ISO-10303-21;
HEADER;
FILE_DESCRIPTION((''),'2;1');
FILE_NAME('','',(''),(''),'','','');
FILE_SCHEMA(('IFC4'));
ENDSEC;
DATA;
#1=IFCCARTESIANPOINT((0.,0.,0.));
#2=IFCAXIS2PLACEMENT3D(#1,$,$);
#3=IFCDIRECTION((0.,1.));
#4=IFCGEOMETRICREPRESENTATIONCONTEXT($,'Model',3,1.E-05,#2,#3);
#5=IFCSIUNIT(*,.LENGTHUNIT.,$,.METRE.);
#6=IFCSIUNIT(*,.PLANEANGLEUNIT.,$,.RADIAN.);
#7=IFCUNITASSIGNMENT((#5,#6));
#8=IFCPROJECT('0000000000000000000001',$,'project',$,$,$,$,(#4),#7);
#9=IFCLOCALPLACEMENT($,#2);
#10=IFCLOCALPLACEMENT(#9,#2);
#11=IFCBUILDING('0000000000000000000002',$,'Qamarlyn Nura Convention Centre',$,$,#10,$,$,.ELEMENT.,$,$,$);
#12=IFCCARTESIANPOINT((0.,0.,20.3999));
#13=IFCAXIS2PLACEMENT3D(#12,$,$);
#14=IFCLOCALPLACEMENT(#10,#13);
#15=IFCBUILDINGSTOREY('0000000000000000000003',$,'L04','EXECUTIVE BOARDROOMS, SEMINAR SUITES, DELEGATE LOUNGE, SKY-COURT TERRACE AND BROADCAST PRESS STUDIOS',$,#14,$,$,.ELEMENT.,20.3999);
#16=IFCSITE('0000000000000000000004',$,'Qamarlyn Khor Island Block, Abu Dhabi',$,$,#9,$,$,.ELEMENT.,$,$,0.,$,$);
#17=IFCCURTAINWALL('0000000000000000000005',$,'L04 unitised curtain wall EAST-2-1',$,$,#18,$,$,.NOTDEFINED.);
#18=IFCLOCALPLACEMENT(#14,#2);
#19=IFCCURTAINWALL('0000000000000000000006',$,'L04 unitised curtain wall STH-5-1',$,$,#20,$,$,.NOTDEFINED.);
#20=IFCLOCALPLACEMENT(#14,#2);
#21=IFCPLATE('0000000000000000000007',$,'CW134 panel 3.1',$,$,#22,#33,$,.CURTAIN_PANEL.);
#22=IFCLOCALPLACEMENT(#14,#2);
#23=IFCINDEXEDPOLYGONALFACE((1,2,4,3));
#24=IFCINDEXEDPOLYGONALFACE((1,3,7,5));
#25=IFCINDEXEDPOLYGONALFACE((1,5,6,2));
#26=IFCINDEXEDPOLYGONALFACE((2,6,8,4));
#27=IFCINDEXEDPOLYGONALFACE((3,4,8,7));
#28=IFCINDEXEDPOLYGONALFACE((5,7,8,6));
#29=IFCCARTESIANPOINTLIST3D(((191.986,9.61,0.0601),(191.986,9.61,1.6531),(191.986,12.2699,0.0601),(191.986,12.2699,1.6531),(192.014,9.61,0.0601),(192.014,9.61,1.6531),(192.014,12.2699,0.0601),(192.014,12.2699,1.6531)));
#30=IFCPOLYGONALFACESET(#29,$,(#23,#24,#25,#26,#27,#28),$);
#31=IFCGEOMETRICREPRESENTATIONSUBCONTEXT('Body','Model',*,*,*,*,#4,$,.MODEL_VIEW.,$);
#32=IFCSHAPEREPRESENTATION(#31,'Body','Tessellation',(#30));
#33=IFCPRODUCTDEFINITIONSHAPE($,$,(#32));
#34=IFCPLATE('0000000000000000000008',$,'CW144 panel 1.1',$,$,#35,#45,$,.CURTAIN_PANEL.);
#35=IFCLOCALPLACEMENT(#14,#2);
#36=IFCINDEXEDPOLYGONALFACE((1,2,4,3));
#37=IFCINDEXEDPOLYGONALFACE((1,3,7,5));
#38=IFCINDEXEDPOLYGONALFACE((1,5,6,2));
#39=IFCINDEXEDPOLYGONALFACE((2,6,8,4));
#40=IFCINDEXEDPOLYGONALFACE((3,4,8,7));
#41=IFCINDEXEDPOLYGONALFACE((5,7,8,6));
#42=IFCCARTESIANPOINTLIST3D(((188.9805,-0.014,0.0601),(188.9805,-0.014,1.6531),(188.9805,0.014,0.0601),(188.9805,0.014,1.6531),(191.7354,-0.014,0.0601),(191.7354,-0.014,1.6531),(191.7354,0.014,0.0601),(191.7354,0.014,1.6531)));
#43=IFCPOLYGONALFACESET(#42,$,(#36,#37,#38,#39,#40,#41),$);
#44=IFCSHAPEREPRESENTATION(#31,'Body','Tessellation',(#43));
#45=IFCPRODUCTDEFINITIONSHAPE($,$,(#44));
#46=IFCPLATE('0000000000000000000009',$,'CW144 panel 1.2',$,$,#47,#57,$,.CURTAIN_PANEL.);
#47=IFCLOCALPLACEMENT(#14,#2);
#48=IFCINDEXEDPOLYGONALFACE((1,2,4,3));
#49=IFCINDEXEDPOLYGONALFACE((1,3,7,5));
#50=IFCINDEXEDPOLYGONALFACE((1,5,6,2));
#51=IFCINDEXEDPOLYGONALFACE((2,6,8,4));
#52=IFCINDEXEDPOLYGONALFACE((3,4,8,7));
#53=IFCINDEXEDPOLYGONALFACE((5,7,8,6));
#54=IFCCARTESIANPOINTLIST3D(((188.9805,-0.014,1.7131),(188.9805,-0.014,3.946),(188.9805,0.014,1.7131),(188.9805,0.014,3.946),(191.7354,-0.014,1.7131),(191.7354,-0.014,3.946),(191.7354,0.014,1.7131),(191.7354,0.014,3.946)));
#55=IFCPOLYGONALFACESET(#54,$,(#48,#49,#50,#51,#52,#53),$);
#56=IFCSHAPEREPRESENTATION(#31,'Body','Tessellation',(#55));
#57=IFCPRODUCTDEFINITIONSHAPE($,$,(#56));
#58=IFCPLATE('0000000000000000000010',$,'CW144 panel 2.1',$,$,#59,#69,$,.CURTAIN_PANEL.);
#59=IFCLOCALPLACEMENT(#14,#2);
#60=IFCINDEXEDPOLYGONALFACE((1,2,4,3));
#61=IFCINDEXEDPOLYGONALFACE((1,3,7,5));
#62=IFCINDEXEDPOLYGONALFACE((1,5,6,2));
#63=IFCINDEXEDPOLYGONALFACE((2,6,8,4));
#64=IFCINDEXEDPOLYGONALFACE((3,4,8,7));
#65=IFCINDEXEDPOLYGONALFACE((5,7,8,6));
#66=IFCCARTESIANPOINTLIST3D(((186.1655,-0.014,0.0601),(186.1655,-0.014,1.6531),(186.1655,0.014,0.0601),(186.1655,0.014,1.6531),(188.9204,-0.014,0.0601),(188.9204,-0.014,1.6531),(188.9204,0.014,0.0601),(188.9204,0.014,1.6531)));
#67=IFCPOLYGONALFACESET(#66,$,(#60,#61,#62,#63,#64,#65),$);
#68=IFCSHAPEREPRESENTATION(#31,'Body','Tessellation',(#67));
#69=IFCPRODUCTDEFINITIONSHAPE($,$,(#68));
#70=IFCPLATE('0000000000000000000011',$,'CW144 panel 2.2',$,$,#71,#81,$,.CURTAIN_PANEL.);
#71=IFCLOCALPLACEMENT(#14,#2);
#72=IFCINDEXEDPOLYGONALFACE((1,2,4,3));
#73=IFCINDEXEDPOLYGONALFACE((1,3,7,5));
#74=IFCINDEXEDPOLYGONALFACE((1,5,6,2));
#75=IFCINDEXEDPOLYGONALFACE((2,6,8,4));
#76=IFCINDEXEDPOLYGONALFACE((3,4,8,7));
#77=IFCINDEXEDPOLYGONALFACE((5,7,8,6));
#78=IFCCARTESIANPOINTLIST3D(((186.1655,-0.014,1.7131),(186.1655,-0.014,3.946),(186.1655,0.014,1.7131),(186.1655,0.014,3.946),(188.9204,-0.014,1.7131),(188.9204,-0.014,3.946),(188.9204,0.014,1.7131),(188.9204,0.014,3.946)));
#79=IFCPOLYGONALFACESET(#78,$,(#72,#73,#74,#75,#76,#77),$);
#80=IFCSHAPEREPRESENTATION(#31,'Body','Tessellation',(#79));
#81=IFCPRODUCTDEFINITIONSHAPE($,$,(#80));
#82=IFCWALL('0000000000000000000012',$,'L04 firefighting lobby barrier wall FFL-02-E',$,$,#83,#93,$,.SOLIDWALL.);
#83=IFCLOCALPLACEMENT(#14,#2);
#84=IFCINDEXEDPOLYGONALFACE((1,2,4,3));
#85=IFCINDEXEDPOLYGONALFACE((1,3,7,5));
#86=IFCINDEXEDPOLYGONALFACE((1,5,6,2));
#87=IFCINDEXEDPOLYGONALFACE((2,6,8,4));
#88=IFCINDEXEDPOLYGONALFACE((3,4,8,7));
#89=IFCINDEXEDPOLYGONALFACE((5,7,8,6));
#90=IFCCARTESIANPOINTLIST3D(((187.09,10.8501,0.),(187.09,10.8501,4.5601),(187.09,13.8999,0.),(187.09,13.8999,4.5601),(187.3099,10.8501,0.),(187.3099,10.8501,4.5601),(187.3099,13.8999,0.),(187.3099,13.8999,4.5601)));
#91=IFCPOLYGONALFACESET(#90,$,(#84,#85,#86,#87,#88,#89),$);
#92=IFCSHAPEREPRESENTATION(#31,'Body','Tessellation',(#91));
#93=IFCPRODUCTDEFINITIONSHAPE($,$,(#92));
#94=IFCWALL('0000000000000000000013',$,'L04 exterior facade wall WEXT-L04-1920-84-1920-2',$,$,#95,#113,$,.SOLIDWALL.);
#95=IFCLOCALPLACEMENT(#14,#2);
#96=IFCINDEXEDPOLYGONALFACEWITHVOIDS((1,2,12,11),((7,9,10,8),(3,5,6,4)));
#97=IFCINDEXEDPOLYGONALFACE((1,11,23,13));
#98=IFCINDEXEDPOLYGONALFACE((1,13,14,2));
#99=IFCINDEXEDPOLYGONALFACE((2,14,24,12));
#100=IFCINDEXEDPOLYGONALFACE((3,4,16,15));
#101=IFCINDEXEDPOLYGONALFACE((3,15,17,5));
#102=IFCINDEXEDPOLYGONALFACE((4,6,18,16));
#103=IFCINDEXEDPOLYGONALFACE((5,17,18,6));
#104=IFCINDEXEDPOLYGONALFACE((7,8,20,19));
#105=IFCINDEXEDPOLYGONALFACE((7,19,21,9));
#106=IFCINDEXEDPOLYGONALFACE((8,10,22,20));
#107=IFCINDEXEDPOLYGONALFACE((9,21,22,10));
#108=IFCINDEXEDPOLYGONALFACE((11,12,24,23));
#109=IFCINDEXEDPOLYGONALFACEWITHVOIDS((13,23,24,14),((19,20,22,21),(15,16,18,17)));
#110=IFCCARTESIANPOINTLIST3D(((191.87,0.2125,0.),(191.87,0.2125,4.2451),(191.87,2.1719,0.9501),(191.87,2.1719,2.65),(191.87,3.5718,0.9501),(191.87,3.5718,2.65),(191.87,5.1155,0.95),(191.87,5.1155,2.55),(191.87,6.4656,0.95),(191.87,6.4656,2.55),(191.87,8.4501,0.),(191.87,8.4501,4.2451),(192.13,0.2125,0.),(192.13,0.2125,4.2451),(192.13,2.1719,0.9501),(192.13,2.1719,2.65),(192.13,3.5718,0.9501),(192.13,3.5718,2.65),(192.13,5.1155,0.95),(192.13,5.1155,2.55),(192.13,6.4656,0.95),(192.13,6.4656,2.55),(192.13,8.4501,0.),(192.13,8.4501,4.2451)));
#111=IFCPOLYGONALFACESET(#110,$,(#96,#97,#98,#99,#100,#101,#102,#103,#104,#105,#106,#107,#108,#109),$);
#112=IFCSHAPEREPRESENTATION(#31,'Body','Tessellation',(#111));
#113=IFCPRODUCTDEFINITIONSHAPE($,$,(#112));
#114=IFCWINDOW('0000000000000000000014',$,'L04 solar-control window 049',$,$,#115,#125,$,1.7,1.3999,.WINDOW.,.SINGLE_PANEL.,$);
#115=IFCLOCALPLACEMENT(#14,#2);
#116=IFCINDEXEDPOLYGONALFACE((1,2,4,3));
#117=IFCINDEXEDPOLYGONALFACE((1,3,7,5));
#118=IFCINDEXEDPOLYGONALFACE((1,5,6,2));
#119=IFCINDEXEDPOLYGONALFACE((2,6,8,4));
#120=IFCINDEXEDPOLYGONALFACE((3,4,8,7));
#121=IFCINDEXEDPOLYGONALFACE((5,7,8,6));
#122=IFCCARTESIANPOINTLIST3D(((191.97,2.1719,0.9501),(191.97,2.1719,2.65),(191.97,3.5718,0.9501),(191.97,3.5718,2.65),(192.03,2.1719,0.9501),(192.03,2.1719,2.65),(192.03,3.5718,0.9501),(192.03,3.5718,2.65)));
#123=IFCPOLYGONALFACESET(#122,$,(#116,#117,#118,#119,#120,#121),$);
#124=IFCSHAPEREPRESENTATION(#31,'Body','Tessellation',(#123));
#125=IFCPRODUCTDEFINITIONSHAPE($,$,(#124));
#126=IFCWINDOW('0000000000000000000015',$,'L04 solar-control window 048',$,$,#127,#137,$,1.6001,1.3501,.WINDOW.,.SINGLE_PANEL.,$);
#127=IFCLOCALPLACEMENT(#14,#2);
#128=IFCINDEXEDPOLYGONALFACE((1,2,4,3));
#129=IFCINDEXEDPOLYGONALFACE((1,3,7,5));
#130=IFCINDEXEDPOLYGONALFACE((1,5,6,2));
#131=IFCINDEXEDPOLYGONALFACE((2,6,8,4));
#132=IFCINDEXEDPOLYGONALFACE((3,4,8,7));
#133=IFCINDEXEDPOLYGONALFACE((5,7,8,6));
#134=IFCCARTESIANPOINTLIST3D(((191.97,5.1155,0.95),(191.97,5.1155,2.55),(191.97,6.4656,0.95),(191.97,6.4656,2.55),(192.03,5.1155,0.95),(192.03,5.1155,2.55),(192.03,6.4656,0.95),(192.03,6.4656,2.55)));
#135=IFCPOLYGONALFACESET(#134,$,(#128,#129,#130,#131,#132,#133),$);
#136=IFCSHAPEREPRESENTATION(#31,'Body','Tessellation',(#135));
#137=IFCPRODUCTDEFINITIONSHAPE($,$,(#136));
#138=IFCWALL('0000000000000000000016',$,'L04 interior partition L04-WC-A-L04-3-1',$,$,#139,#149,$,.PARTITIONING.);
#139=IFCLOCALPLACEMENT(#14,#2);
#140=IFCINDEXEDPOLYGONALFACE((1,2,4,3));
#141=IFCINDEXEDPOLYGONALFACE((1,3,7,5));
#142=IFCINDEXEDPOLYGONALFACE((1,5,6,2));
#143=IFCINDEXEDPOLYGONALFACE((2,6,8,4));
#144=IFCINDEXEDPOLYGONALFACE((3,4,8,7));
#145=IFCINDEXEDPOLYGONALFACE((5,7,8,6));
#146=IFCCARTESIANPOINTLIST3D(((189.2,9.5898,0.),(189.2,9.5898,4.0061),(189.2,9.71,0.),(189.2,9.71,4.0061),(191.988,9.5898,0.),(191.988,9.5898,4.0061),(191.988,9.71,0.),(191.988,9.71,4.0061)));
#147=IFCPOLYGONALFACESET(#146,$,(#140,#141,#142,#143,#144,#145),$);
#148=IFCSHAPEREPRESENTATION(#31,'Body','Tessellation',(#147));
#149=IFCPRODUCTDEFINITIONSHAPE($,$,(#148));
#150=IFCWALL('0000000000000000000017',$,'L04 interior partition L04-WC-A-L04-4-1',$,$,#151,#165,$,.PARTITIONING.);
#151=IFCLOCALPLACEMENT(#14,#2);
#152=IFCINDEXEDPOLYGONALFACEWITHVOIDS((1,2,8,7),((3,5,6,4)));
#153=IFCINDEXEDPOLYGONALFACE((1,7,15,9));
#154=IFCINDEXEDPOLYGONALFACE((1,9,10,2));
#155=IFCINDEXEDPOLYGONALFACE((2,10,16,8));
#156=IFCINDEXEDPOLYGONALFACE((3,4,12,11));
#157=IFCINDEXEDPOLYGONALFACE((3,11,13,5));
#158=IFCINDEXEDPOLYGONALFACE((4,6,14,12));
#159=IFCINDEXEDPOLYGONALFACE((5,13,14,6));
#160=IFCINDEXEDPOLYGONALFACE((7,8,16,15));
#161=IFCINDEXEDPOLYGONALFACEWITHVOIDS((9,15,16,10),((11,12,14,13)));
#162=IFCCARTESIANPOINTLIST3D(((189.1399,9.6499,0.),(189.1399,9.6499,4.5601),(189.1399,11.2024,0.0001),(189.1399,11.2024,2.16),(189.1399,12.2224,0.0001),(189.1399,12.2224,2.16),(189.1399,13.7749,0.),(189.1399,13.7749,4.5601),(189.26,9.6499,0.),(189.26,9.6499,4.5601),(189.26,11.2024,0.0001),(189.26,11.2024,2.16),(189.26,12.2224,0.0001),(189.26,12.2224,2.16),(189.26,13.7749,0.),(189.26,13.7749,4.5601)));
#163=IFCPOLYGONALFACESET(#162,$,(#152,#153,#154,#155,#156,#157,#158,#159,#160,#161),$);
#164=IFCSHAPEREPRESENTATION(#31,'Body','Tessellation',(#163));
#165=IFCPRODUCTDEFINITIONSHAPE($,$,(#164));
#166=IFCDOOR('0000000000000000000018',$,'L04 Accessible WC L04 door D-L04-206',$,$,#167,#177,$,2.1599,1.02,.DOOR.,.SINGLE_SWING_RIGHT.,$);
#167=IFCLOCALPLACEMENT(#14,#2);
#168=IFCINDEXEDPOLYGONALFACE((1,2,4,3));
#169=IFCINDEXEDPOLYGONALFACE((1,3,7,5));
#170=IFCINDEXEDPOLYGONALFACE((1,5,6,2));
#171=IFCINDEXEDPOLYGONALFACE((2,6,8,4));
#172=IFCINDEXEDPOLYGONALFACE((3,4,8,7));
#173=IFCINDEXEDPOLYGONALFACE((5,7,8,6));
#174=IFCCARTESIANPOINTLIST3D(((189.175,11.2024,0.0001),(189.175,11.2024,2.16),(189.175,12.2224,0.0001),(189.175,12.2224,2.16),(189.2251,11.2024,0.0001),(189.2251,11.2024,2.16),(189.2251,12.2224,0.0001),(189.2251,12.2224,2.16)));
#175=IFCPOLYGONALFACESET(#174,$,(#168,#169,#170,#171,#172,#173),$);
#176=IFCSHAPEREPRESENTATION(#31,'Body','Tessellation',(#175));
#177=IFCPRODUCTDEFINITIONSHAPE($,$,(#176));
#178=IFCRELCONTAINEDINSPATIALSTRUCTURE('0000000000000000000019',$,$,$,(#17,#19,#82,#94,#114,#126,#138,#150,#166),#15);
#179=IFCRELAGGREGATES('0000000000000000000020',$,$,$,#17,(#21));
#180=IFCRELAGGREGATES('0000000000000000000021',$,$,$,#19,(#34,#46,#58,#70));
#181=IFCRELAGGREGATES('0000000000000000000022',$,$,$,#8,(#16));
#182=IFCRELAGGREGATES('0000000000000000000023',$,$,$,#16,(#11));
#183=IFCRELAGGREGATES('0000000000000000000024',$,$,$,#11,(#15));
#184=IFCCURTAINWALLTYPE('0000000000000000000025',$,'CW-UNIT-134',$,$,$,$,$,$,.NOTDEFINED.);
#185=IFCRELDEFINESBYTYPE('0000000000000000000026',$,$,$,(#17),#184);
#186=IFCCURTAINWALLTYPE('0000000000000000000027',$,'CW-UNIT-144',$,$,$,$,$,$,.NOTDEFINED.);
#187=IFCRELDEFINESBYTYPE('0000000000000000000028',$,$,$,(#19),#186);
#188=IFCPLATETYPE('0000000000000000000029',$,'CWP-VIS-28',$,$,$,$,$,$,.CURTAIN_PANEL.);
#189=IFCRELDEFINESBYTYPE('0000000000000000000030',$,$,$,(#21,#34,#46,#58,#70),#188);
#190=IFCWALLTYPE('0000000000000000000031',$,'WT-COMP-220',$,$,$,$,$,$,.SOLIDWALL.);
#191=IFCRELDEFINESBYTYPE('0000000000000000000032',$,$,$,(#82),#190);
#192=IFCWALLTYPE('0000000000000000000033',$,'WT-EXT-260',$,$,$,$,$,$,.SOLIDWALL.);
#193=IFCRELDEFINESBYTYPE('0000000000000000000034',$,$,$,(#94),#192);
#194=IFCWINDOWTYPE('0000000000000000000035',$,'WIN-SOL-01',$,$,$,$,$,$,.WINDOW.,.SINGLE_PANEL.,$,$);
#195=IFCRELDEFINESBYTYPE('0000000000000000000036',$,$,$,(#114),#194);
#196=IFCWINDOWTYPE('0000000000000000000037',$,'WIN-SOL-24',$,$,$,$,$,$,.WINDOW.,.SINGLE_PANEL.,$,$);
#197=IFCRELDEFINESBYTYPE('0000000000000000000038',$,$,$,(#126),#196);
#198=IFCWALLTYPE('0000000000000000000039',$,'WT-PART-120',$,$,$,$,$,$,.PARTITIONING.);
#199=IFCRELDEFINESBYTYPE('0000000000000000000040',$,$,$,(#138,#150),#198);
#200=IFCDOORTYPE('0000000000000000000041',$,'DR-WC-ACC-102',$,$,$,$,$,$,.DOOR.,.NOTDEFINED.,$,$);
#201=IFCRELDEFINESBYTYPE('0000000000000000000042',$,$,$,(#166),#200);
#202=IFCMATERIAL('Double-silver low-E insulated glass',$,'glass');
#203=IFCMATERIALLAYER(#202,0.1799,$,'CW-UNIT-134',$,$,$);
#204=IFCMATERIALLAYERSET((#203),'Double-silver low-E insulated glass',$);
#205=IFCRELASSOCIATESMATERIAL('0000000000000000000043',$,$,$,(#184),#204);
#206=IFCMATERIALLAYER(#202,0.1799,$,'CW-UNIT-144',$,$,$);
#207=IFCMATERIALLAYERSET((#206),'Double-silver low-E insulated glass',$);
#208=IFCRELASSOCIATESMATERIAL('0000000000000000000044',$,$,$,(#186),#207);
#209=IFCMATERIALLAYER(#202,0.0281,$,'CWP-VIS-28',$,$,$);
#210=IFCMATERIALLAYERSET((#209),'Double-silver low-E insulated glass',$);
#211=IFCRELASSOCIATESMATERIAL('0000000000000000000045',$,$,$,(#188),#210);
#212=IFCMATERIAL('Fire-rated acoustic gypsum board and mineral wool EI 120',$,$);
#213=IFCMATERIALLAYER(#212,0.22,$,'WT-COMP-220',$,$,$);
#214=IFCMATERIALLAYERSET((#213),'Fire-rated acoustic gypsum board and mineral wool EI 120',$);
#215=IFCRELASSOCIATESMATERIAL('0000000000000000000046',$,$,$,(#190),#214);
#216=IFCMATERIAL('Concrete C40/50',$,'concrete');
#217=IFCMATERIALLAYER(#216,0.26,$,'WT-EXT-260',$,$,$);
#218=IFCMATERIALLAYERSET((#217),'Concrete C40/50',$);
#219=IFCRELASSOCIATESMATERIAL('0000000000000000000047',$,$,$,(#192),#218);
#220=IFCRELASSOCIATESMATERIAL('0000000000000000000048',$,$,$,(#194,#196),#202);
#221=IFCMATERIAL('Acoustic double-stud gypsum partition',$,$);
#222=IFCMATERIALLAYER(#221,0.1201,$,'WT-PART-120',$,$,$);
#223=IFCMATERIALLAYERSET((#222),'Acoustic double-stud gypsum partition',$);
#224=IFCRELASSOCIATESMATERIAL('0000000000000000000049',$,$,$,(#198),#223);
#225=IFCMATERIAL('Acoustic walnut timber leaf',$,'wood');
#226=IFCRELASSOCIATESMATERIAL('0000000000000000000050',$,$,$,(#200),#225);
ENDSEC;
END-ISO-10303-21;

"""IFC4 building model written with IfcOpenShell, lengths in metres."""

from ifc_helpers import new_model, si_unit, direction, frame, frame_2d, origin, origin_2d, place, context, subcontext, project, spatial, rectangle, extrude, material, layer, layer_set, type_object, element, fill, aggregate, save


model = new_model("IFC4")

# Units and contexts
model_context = context("Model", 3, precision=1e-05, world=origin(), true_north=direction((0.0, 1.0)))
body_context = subcontext(model_context, "Body", "Model", "MODEL_VIEW")
ifc_project = project(units=[si_unit("LENGTHUNIT", "METRE"), si_unit("PLANEANGLEUNIT", "RADIAN")], contexts=[model_context])

# Site, building, storey
site_placement = place(None, origin())
site = spatial("IfcSite", under=ifc_project, at=site_placement, Name="Qamarlyn Khor Island Block, Abu Dhabi", CompositionType="ELEMENT", RefElevation=0.0)
building_placement = place(site_placement, origin())
building = spatial("IfcBuilding", under=site, at=building_placement, Name="Qamarlyn Nura Convention Centre", CompositionType="ELEMENT")
storey_placement = place(building_placement, frame((0.0, 0.0, 20.3999)))
storey = spatial("IfcBuildingStorey", under=building, at=storey_placement, Name="L04", Description="EXECUTIVE BOARDROOMS, SEMINAR SUITES, DELEGATE LOUNGE, SKY-COURT TERRACE AND BROADCAST PRESS STUDIOS", CompositionType="ELEMENT", Elevation=20.3999)

# Curtain wall
ifc_material_1 = material(Name="Double-silver low-E insulated glass", Category="glass")
ifc_layer_1 = layer(ifc_material_1, 0.1799, Name="CW-UNIT-134")
ifc_layer_set_1 = layer_set([ifc_layer_1], Name="Double-silver low-E insulated glass")
curtain_wall_type_1 = type_object("IfcCurtainWallType", Name="CW-UNIT-134", PredefinedType="NOTDEFINED", material=ifc_layer_set_1)
curtain_wall_1_placement = place(storey_placement, origin())
curtain_wall_1 = element("IfcCurtainWall", 1, at=curtain_wall_1_placement, inside=storey, type_object=curtain_wall_type_1, Name="L04 unitised curtain wall EAST-2-1", PredefinedType="NOTDEFINED")

# Curtain wall
ifc_layer_2 = layer(ifc_material_1, 0.1799, Name="CW-UNIT-144")
ifc_layer_set_2 = layer_set([ifc_layer_2], Name="Double-silver low-E insulated glass")
curtain_wall_type_2 = type_object("IfcCurtainWallType", Name="CW-UNIT-144", PredefinedType="NOTDEFINED", material=ifc_layer_set_2)
curtain_wall_2_placement = place(storey_placement, origin())
curtain_wall_2 = element("IfcCurtainWall", 2, at=curtain_wall_2_placement, inside=storey, type_object=curtain_wall_type_2, Name="L04 unitised curtain wall STH-5-1", PredefinedType="NOTDEFINED")

# Plates
ifc_layer_3 = layer(ifc_material_1, 0.0281, Name="CWP-VIS-28")
ifc_layer_set_3 = layer_set([ifc_layer_3], Name="Double-silver low-E insulated glass")
plate_type = type_object("IfcPlateType", Name="CWP-VIS-28", PredefinedType="CURTAIN_PANEL", material=ifc_layer_set_3)
plate_1_placement = place(storey_placement, frame((192.0, 10.9399, 0.0601), z_axis=(0.0, 0.0, 1.0), x_axis=(0.0, -1.0, 0.0)))
plate_1 = element("IfcPlate", 3, at=plate_1_placement, type_object=plate_type, Name="CW134 panel 3.1", PredefinedType="CURTAIN_PANEL", context=body_context, shape_type="SweptSolid", body=[
    extrude(rectangle(XDim=2.6599, YDim=0.0281, at=origin_2d()), origin(), (0.0, 0.0, 1.0), 1.593),
])
aggregate(curtain_wall_1, [plate_1])
plate_2_placement = place(storey_placement, frame((190.3579, 0.0, 0.0601), z_axis=(0.0, 0.0, 1.0), x_axis=(-1.0, 0.0, 0.0)))
plate_2 = element("IfcPlate", 4, at=plate_2_placement, type_object=plate_type, Name="CW144 panel 1.1", PredefinedType="CURTAIN_PANEL", context=body_context, shape_type="SweptSolid", body=[
    extrude(rectangle(XDim=2.7549, YDim=0.0281, at=origin_2d()), origin(), (0.0, 0.0, 1.0), 1.593),
])
plate_3_placement = place(storey_placement, frame((190.3579, 0.0, 1.7131), z_axis=(0.0, 0.0, 1.0), x_axis=(-1.0, 0.0, 0.0)))
plate_3 = element("IfcPlate", 5, at=plate_3_placement, type_object=plate_type, Name="CW144 panel 1.2", PredefinedType="CURTAIN_PANEL", context=body_context, shape_type="SweptSolid", body=[
    extrude(rectangle(XDim=2.7549, YDim=0.0281, at=origin_2d()), origin(), (0.0, 0.0, 1.0), 2.2329),
])
plate_4_placement = place(storey_placement, frame((187.543, 0.0, 0.0601), z_axis=(0.0, 0.0, 1.0), x_axis=(-1.0, 0.0, 0.0)))
plate_4 = element("IfcPlate", 6, at=plate_4_placement, type_object=plate_type, Name="CW144 panel 2.1", PredefinedType="CURTAIN_PANEL", context=body_context, shape_type="SweptSolid", body=[
    extrude(rectangle(XDim=2.7549, YDim=0.0281, at=origin_2d()), origin(), (0.0, 0.0, 1.0), 1.593),
])
plate_5_placement = place(storey_placement, frame((187.543, 0.0, 1.7131), z_axis=(0.0, 0.0, 1.0), x_axis=(-1.0, 0.0, 0.0)))
plate_5 = element("IfcPlate", 7, at=plate_5_placement, type_object=plate_type, Name="CW144 panel 2.2", PredefinedType="CURTAIN_PANEL", context=body_context, shape_type="SweptSolid", body=[
    extrude(rectangle(XDim=2.7549, YDim=0.0281, at=origin_2d()), origin(), (0.0, 0.0, 1.0), 2.2329),
])
aggregate(curtain_wall_2, [plate_2, plate_3, plate_4, plate_5])

# Wall
ifc_material_2 = material(Name="Fire-rated acoustic gypsum board and mineral wool EI 120")
ifc_layer_4 = layer(ifc_material_2, 0.22, Name="WT-COMP-220")
ifc_layer_set_4 = layer_set([ifc_layer_4], Name="Fire-rated acoustic gypsum board and mineral wool EI 120")
wall_type_1 = type_object("IfcWallType", Name="WT-COMP-220", PredefinedType="SOLIDWALL", material=ifc_layer_set_4)
wall_1_placement = place(storey_placement, frame((187.2, 10.8501, 0.0), z_axis=(0.0, 0.0, 1.0), x_axis=(0.0, 1.0, 0.0)))
element("IfcWall", 8, at=wall_1_placement, inside=storey, type_object=wall_type_1, Name="L04 firefighting lobby barrier wall FFL-02-E", PredefinedType="SOLIDWALL", context=body_context, shape_type="SweptSolid", body=[
    extrude(rectangle(XDim=3.0498, YDim=0.22, at=frame_2d((1.5249, 0.0))), origin(), (0.0, 0.0, 1.0), 4.5601),
])

# Wall, openings, windows
ifc_material_3 = material(Name="Concrete C40/50", Category="concrete")
ifc_layer_5 = layer(ifc_material_3, 0.26, Name="WT-EXT-260")
ifc_layer_set_5 = layer_set([ifc_layer_5], Name="Concrete C40/50")
wall_type_2 = type_object("IfcWallType", Name="WT-EXT-260", PredefinedType="SOLIDWALL", material=ifc_layer_set_5)
wall_2_placement = place(storey_placement, frame((192.0, 8.45, 0.0), z_axis=(0.0, 0.0, 1.0), x_axis=(0.0, -1.0, 0.0)))
wall_2 = element("IfcWall", 9, at=wall_2_placement, inside=storey, type_object=wall_type_2, Name="L04 exterior facade wall WEXT-L04-1920-84-1920-2", PredefinedType="SOLIDWALL", context=body_context, shape_type="SweptSolid", body=[
    extrude(rectangle(XDim=8.2375, YDim=0.26, at=frame_2d((4.1187, 0.0))), origin(), (0.0, 0.0, 1.0), 4.2451),
])
opening_1_placement = place(wall_2_placement, frame((1.9844, 0.0, 0.95)))
opening_1 = element("IfcOpeningElement", 10, at=opening_1_placement, cuts=wall_2, PredefinedType="OPENING", context=body_context, shape_type="SweptSolid", body=[
    extrude(rectangle(XDim=1.3501, YDim=1.6001, at=frame_2d((0.675, 0.8))), frame((0.0, 0.1401, 0.0), z_axis=(0.0, -1.0, 0.0), x_axis=(1.0, 0.0, 0.0)), (0.0, 0.0, 1.0), 0.28),
])
opening_2_placement = place(wall_2_placement, frame((4.8782, 0.0, 0.95)))
opening_2 = element("IfcOpeningElement", 11, at=opening_2_placement, cuts=wall_2, PredefinedType="OPENING", context=body_context, shape_type="SweptSolid", body=[
    extrude(rectangle(XDim=1.3999, YDim=1.7, at=frame_2d((0.7, 0.8501))), frame((0.0, 0.1401, 0.0), z_axis=(0.0, -1.0, 0.0), x_axis=(1.0, 0.0, 0.0)), (0.0, 0.0, 1.0), 0.28),
])
window_type_1 = type_object("IfcWindowType", Name="WIN-SOL-01", PartitioningType="SINGLE_PANEL", PredefinedType="WINDOW", material=ifc_material_1)
window_1_placement = place(opening_2_placement, origin())
window_1 = element("IfcWindow", 12, at=window_1_placement, inside=storey, type_object=window_type_1, Name="L04 solar-control window 049", OverallHeight=1.7, OverallWidth=1.3999, PartitioningType="SINGLE_PANEL", PredefinedType="WINDOW", context=body_context, shape_type="SweptSolid", body=[
    extrude(rectangle(XDim=1.3999, YDim=1.7, at=frame_2d((0.7, 0.8501))), frame((0.0, 0.03, 0.0), z_axis=(0.0, -1.0, 0.0), x_axis=(1.0, 0.0, 0.0)), (0.0, 0.0, 1.0), 0.0601),
])
fill(opening_2, window_1)
window_type_2 = type_object("IfcWindowType", Name="WIN-SOL-24", PartitioningType="SINGLE_PANEL", PredefinedType="WINDOW", material=ifc_material_1)
window_2_placement = place(opening_1_placement, origin())
window_2 = element("IfcWindow", 13, at=window_2_placement, inside=storey, type_object=window_type_2, Name="L04 solar-control window 048", OverallHeight=1.6001, OverallWidth=1.3501, PartitioningType="SINGLE_PANEL", PredefinedType="WINDOW", context=body_context, shape_type="SweptSolid", body=[
    extrude(rectangle(XDim=1.3501, YDim=1.6001, at=frame_2d((0.675, 0.8))), frame((0.0, 0.03, 0.0), z_axis=(0.0, -1.0, 0.0), x_axis=(1.0, 0.0, 0.0)), (0.0, 0.0, 1.0), 0.0601),
])
fill(opening_1, window_2)

# Wall
ifc_material_4 = material(Name="Acoustic double-stud gypsum partition")
ifc_layer_6 = layer(ifc_material_4, 0.1201, Name="WT-PART-120")
ifc_layer_set_6 = layer_set([ifc_layer_6], Name="Acoustic double-stud gypsum partition")
wall_type_3 = type_object("IfcWallType", Name="WT-PART-120", PredefinedType="PARTITIONING", material=ifc_layer_set_6)
wall_3_placement = place(storey_placement, frame((191.988, 9.6499, 0.0), z_axis=(0.0, 0.0, 1.0), x_axis=(-1.0, 0.0, 0.0)))
element("IfcWall", 14, at=wall_3_placement, inside=storey, type_object=wall_type_3, Name="L04 interior partition L04-WC-A-L04-3-1", PredefinedType="PARTITIONING", context=body_context, shape_type="SweptSolid", body=[
    extrude(rectangle(XDim=2.7881, YDim=0.1201, at=frame_2d((1.394, 0.0))), origin(), (0.0, 0.0, 1.0), 4.0061),
])

# Wall, opening, door
wall_4_placement = place(storey_placement, frame((189.2, 9.6499, 0.0), z_axis=(0.0, 0.0, 1.0), x_axis=(0.0, 1.0, 0.0)))
wall_4 = element("IfcWall", 15, at=wall_4_placement, inside=storey, type_object=wall_type_3, Name="L04 interior partition L04-WC-A-L04-4-1", PredefinedType="PARTITIONING", context=body_context, shape_type="SweptSolid", body=[
    extrude(rectangle(XDim=4.125, YDim=0.1201, at=frame_2d((2.0625, 0.0))), origin(), (0.0, 0.0, 1.0), 4.5601),
])
opening_3_placement = place(wall_4_placement, frame((1.5525, 0.0, 0.0)))
opening_3 = element("IfcOpeningElement", 16, at=opening_3_placement, cuts=wall_4, PredefinedType="OPENING", context=body_context, shape_type="SweptSolid", body=[
    extrude(rectangle(XDim=1.02, YDim=2.1599, at=frame_2d((0.51, 1.0801))), frame((0.0, 0.0701, 0.0), z_axis=(0.0, -1.0, 0.0), x_axis=(1.0, 0.0, 0.0)), (0.0, 0.0, 1.0), 0.1401),
])
ifc_material_5 = material(Name="Acoustic walnut timber leaf", Category="wood")
door_type_1 = type_object("IfcDoorType", Name="DR-WC-ACC-102", OperationType="NOTDEFINED", PredefinedType="DOOR", material=ifc_material_5)
door_1_placement = place(opening_3_placement, origin())
door_1 = element("IfcDoor", 17, at=door_1_placement, inside=storey, type_object=door_type_1, Name="L04 Accessible WC L04 door D-L04-206", OperationType="SINGLE_SWING_RIGHT", OverallHeight=2.1599, OverallWidth=1.02, PredefinedType="DOOR", context=body_context, shape_type="SweptSolid", body=[
    extrude(rectangle(XDim=1.02, YDim=2.1599, at=frame_2d((0.51, 1.0801))), frame((0.0, 0.0249, 0.0), z_axis=(0.0, -1.0, 0.0), x_axis=(1.0, 0.0, 0.0)), (0.0, 0.0, 1.0), 0.05),
])
fill(opening_3, door_1)

save(model, "model.ifc")
